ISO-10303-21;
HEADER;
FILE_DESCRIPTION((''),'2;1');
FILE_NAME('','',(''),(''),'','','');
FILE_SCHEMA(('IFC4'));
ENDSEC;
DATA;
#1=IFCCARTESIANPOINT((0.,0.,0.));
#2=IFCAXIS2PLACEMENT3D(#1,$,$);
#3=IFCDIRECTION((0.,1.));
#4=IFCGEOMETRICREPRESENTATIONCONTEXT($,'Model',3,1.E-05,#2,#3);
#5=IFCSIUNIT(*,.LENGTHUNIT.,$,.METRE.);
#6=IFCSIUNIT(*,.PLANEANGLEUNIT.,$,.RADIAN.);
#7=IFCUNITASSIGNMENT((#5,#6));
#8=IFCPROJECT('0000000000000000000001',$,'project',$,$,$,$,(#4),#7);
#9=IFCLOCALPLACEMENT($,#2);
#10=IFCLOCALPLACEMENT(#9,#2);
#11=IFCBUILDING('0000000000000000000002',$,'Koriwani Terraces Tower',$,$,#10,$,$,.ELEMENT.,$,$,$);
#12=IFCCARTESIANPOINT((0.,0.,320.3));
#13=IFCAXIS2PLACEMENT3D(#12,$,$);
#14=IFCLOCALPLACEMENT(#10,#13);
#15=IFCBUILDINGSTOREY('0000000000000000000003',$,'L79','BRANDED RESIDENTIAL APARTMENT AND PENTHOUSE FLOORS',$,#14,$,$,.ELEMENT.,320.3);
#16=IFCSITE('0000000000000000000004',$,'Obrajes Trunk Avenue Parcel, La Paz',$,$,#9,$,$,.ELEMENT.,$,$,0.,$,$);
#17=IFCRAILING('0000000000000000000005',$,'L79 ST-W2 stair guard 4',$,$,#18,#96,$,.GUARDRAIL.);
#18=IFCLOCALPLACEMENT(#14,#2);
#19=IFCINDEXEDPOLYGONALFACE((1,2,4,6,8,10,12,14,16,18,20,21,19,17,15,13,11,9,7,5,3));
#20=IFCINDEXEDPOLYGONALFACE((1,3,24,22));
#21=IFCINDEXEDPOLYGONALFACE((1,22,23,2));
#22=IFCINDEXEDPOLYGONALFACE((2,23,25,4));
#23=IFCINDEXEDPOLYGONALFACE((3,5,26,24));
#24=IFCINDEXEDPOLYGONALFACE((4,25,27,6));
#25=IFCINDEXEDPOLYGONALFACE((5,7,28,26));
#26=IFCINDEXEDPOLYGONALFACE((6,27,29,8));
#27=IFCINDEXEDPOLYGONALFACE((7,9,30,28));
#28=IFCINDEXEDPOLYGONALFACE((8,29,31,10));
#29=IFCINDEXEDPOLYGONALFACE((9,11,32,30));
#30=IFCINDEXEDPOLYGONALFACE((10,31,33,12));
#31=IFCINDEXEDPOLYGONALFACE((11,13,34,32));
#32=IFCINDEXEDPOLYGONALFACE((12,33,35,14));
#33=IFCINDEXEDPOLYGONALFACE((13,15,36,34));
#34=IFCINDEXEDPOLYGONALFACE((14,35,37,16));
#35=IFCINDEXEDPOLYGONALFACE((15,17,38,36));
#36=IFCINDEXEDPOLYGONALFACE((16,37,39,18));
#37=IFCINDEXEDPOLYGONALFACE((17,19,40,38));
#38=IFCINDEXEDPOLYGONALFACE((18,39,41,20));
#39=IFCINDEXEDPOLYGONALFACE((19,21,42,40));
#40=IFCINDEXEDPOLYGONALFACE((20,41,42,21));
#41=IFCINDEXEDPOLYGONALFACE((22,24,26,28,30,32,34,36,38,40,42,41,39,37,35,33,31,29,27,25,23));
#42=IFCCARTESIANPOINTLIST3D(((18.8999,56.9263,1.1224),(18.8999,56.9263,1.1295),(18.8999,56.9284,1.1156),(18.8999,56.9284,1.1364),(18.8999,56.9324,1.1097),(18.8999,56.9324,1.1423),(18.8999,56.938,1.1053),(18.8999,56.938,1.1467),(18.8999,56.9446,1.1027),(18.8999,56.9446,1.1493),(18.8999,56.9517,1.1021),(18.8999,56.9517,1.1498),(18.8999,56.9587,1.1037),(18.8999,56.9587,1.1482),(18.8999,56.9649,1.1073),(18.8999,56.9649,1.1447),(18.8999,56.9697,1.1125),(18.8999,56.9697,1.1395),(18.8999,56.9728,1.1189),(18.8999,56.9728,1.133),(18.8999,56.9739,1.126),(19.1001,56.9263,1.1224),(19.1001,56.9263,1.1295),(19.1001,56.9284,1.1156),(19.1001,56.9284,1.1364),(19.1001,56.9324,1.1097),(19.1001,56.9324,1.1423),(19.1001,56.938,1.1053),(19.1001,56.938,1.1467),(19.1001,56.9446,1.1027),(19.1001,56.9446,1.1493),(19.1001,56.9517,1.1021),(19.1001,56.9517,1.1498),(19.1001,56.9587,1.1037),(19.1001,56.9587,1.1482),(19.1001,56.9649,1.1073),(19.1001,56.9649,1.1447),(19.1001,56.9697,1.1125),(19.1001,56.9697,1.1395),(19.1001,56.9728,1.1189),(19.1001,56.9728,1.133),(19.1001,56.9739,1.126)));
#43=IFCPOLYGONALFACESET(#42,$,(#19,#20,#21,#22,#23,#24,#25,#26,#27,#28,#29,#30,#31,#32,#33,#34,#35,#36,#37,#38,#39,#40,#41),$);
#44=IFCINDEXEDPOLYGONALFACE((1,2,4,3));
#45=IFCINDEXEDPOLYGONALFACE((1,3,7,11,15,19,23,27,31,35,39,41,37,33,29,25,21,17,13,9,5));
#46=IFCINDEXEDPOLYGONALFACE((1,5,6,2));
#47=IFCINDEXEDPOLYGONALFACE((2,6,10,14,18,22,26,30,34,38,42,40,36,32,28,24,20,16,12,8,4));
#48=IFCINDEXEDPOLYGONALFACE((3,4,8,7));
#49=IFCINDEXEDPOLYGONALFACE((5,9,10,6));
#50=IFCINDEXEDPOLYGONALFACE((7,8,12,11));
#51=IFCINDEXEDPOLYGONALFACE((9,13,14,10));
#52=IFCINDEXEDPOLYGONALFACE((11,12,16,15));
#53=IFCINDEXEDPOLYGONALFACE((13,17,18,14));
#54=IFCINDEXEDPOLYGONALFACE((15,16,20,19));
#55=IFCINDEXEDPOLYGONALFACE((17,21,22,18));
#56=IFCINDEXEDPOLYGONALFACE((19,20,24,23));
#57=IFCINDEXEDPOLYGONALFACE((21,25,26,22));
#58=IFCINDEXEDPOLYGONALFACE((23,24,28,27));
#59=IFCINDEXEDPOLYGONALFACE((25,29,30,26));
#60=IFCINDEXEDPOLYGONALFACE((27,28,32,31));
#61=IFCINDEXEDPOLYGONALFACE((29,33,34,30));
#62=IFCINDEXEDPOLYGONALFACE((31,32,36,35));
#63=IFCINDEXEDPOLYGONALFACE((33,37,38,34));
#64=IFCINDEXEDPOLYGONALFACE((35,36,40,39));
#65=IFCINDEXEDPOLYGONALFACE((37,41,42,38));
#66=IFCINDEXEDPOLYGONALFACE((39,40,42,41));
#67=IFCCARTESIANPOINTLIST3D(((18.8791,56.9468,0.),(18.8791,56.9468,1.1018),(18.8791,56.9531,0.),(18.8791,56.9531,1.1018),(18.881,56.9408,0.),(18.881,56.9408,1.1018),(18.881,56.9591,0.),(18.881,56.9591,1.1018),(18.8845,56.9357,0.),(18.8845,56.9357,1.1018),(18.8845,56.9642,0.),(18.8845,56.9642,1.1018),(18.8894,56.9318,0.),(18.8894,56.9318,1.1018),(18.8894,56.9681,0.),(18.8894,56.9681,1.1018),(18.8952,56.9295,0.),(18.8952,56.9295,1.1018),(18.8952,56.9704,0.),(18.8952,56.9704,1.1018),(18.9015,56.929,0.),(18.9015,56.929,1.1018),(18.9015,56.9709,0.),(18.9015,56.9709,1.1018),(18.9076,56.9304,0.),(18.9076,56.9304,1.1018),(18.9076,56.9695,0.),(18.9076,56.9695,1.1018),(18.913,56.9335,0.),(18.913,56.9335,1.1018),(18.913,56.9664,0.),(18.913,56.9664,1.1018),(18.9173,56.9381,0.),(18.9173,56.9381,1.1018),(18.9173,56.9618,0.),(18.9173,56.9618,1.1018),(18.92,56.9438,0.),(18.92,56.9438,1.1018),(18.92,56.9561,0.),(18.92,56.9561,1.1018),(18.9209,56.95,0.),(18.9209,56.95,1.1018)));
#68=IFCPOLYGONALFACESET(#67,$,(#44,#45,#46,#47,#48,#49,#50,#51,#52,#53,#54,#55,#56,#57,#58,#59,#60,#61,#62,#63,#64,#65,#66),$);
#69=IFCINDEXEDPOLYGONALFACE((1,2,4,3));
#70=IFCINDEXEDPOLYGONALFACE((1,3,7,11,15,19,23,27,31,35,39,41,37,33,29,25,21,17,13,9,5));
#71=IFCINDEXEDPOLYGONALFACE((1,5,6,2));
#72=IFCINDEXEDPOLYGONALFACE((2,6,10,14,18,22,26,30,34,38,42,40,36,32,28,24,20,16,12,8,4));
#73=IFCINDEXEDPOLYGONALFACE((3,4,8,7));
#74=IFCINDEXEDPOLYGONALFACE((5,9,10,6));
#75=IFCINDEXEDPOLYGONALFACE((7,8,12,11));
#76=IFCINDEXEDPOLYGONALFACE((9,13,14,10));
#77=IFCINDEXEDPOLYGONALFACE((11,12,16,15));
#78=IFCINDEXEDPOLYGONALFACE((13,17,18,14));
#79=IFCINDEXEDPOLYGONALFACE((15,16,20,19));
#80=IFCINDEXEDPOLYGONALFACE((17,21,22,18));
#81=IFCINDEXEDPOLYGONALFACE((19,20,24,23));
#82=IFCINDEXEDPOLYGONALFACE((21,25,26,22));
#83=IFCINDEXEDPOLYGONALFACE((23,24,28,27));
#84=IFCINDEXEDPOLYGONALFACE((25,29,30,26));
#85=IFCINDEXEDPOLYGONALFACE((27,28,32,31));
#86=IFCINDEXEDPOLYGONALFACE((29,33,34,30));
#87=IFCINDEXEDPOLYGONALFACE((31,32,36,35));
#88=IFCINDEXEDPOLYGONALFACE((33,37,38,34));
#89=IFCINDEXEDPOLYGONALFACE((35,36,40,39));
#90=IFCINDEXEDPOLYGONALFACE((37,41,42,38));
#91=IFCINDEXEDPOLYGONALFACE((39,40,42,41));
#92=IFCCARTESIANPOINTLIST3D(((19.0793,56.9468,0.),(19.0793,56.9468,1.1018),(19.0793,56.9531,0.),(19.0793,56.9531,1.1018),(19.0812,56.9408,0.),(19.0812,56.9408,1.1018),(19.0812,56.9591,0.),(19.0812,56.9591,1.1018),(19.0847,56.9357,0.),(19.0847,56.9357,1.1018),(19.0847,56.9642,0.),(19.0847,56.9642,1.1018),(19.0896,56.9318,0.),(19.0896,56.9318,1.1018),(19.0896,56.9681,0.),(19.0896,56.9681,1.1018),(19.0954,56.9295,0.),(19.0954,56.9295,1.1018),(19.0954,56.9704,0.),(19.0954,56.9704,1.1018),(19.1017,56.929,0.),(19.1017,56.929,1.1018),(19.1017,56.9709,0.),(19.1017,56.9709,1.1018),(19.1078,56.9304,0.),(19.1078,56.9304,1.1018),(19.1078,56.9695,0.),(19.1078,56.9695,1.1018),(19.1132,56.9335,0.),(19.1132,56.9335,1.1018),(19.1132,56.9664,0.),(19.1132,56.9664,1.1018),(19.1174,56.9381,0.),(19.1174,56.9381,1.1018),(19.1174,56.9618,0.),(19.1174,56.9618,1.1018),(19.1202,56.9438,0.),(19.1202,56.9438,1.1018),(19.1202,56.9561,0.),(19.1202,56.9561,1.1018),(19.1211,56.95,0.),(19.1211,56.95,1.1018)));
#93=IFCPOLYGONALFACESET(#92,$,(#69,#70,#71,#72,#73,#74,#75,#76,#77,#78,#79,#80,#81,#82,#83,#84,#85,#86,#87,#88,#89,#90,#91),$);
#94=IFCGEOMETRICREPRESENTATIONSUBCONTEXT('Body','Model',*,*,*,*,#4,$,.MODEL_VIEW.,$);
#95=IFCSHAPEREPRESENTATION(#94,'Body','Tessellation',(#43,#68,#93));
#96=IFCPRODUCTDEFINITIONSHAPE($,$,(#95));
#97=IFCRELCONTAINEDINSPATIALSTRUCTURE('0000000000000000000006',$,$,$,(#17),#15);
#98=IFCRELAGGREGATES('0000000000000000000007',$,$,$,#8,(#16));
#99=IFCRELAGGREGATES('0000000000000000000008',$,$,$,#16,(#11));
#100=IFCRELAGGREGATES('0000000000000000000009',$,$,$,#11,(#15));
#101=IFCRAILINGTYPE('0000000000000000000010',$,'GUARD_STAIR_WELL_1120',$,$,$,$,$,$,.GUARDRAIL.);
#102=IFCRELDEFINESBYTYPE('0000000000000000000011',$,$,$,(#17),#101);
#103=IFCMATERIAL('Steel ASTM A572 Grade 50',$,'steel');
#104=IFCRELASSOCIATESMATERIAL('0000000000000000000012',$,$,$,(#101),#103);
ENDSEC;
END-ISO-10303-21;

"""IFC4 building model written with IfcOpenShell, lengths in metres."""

from ifc_helpers import new_model, si_unit, direction, frame, origin, origin_2d, place, context, subcontext, project, spatial, circle, extrude, material, type_object, element, save


model = new_model("IFC4")

# Units and contexts
model_context = context("Model", 3, precision=1e-05, world=origin(), true_north=direction((0.0, 1.0)))
body_context = subcontext(model_context, "Body", "Model", "MODEL_VIEW")
ifc_project = project(units=[si_unit("LENGTHUNIT", "METRE"), si_unit("PLANEANGLEUNIT", "RADIAN")], contexts=[model_context])

# Site, building, storey
site_placement = place(None, origin())
site = spatial("IfcSite", under=ifc_project, at=site_placement, Name="Obrajes Trunk Avenue Parcel, La Paz", CompositionType="ELEMENT", RefElevation=0.0)
building_placement = place(site_placement, origin())
building = spatial("IfcBuilding", under=site, at=building_placement, Name="Koriwani Terraces Tower", CompositionType="ELEMENT")
storey_placement = place(building_placement, frame((0.0, 0.0, 320.3)))
storey = spatial("IfcBuildingStorey", under=building, at=storey_placement, Name="L79", Description="BRANDED RESIDENTIAL APARTMENT AND PENTHOUSE FLOORS", CompositionType="ELEMENT", Elevation=320.3)

# Shared definitions
ifc_material_1 = material(Name="Steel ASTM A572 Grade 50", Category="steel")

# Railing
railing_type_1 = type_object("IfcRailingType", Name="GUARD_STAIR_WELL_1120", PredefinedType="GUARDRAIL", material=ifc_material_1)
railing_1_placement = place(storey_placement, frame((18.8999, 56.95, 0.0)))
element("IfcRailing", 1, at=railing_1_placement, inside=storey, type_object=railing_type_1, Name="L79 ST-W2 stair guard 4", PredefinedType="GUARDRAIL", context=body_context, shape_type="SweptSolid", body=[
    extrude(circle(Radius=0.0239, at=origin_2d()), frame((0.0, 0.0, 1.126), z_axis=(1.0, 0.0, 0.0), x_axis=(0.0, 1.0, 0.0)), (0.0, 0.0, 1.0), 0.2002),
    extrude(circle(Radius=0.021, at=origin_2d()), origin(), (0.0, 0.0, 1.0), 1.1018),
    extrude(circle(Radius=0.021, at=origin_2d()), frame((0.2002, 0.0, 0.0)), (0.0, 0.0, 1.0), 1.1018),
])

save(model, "model.ifc")
